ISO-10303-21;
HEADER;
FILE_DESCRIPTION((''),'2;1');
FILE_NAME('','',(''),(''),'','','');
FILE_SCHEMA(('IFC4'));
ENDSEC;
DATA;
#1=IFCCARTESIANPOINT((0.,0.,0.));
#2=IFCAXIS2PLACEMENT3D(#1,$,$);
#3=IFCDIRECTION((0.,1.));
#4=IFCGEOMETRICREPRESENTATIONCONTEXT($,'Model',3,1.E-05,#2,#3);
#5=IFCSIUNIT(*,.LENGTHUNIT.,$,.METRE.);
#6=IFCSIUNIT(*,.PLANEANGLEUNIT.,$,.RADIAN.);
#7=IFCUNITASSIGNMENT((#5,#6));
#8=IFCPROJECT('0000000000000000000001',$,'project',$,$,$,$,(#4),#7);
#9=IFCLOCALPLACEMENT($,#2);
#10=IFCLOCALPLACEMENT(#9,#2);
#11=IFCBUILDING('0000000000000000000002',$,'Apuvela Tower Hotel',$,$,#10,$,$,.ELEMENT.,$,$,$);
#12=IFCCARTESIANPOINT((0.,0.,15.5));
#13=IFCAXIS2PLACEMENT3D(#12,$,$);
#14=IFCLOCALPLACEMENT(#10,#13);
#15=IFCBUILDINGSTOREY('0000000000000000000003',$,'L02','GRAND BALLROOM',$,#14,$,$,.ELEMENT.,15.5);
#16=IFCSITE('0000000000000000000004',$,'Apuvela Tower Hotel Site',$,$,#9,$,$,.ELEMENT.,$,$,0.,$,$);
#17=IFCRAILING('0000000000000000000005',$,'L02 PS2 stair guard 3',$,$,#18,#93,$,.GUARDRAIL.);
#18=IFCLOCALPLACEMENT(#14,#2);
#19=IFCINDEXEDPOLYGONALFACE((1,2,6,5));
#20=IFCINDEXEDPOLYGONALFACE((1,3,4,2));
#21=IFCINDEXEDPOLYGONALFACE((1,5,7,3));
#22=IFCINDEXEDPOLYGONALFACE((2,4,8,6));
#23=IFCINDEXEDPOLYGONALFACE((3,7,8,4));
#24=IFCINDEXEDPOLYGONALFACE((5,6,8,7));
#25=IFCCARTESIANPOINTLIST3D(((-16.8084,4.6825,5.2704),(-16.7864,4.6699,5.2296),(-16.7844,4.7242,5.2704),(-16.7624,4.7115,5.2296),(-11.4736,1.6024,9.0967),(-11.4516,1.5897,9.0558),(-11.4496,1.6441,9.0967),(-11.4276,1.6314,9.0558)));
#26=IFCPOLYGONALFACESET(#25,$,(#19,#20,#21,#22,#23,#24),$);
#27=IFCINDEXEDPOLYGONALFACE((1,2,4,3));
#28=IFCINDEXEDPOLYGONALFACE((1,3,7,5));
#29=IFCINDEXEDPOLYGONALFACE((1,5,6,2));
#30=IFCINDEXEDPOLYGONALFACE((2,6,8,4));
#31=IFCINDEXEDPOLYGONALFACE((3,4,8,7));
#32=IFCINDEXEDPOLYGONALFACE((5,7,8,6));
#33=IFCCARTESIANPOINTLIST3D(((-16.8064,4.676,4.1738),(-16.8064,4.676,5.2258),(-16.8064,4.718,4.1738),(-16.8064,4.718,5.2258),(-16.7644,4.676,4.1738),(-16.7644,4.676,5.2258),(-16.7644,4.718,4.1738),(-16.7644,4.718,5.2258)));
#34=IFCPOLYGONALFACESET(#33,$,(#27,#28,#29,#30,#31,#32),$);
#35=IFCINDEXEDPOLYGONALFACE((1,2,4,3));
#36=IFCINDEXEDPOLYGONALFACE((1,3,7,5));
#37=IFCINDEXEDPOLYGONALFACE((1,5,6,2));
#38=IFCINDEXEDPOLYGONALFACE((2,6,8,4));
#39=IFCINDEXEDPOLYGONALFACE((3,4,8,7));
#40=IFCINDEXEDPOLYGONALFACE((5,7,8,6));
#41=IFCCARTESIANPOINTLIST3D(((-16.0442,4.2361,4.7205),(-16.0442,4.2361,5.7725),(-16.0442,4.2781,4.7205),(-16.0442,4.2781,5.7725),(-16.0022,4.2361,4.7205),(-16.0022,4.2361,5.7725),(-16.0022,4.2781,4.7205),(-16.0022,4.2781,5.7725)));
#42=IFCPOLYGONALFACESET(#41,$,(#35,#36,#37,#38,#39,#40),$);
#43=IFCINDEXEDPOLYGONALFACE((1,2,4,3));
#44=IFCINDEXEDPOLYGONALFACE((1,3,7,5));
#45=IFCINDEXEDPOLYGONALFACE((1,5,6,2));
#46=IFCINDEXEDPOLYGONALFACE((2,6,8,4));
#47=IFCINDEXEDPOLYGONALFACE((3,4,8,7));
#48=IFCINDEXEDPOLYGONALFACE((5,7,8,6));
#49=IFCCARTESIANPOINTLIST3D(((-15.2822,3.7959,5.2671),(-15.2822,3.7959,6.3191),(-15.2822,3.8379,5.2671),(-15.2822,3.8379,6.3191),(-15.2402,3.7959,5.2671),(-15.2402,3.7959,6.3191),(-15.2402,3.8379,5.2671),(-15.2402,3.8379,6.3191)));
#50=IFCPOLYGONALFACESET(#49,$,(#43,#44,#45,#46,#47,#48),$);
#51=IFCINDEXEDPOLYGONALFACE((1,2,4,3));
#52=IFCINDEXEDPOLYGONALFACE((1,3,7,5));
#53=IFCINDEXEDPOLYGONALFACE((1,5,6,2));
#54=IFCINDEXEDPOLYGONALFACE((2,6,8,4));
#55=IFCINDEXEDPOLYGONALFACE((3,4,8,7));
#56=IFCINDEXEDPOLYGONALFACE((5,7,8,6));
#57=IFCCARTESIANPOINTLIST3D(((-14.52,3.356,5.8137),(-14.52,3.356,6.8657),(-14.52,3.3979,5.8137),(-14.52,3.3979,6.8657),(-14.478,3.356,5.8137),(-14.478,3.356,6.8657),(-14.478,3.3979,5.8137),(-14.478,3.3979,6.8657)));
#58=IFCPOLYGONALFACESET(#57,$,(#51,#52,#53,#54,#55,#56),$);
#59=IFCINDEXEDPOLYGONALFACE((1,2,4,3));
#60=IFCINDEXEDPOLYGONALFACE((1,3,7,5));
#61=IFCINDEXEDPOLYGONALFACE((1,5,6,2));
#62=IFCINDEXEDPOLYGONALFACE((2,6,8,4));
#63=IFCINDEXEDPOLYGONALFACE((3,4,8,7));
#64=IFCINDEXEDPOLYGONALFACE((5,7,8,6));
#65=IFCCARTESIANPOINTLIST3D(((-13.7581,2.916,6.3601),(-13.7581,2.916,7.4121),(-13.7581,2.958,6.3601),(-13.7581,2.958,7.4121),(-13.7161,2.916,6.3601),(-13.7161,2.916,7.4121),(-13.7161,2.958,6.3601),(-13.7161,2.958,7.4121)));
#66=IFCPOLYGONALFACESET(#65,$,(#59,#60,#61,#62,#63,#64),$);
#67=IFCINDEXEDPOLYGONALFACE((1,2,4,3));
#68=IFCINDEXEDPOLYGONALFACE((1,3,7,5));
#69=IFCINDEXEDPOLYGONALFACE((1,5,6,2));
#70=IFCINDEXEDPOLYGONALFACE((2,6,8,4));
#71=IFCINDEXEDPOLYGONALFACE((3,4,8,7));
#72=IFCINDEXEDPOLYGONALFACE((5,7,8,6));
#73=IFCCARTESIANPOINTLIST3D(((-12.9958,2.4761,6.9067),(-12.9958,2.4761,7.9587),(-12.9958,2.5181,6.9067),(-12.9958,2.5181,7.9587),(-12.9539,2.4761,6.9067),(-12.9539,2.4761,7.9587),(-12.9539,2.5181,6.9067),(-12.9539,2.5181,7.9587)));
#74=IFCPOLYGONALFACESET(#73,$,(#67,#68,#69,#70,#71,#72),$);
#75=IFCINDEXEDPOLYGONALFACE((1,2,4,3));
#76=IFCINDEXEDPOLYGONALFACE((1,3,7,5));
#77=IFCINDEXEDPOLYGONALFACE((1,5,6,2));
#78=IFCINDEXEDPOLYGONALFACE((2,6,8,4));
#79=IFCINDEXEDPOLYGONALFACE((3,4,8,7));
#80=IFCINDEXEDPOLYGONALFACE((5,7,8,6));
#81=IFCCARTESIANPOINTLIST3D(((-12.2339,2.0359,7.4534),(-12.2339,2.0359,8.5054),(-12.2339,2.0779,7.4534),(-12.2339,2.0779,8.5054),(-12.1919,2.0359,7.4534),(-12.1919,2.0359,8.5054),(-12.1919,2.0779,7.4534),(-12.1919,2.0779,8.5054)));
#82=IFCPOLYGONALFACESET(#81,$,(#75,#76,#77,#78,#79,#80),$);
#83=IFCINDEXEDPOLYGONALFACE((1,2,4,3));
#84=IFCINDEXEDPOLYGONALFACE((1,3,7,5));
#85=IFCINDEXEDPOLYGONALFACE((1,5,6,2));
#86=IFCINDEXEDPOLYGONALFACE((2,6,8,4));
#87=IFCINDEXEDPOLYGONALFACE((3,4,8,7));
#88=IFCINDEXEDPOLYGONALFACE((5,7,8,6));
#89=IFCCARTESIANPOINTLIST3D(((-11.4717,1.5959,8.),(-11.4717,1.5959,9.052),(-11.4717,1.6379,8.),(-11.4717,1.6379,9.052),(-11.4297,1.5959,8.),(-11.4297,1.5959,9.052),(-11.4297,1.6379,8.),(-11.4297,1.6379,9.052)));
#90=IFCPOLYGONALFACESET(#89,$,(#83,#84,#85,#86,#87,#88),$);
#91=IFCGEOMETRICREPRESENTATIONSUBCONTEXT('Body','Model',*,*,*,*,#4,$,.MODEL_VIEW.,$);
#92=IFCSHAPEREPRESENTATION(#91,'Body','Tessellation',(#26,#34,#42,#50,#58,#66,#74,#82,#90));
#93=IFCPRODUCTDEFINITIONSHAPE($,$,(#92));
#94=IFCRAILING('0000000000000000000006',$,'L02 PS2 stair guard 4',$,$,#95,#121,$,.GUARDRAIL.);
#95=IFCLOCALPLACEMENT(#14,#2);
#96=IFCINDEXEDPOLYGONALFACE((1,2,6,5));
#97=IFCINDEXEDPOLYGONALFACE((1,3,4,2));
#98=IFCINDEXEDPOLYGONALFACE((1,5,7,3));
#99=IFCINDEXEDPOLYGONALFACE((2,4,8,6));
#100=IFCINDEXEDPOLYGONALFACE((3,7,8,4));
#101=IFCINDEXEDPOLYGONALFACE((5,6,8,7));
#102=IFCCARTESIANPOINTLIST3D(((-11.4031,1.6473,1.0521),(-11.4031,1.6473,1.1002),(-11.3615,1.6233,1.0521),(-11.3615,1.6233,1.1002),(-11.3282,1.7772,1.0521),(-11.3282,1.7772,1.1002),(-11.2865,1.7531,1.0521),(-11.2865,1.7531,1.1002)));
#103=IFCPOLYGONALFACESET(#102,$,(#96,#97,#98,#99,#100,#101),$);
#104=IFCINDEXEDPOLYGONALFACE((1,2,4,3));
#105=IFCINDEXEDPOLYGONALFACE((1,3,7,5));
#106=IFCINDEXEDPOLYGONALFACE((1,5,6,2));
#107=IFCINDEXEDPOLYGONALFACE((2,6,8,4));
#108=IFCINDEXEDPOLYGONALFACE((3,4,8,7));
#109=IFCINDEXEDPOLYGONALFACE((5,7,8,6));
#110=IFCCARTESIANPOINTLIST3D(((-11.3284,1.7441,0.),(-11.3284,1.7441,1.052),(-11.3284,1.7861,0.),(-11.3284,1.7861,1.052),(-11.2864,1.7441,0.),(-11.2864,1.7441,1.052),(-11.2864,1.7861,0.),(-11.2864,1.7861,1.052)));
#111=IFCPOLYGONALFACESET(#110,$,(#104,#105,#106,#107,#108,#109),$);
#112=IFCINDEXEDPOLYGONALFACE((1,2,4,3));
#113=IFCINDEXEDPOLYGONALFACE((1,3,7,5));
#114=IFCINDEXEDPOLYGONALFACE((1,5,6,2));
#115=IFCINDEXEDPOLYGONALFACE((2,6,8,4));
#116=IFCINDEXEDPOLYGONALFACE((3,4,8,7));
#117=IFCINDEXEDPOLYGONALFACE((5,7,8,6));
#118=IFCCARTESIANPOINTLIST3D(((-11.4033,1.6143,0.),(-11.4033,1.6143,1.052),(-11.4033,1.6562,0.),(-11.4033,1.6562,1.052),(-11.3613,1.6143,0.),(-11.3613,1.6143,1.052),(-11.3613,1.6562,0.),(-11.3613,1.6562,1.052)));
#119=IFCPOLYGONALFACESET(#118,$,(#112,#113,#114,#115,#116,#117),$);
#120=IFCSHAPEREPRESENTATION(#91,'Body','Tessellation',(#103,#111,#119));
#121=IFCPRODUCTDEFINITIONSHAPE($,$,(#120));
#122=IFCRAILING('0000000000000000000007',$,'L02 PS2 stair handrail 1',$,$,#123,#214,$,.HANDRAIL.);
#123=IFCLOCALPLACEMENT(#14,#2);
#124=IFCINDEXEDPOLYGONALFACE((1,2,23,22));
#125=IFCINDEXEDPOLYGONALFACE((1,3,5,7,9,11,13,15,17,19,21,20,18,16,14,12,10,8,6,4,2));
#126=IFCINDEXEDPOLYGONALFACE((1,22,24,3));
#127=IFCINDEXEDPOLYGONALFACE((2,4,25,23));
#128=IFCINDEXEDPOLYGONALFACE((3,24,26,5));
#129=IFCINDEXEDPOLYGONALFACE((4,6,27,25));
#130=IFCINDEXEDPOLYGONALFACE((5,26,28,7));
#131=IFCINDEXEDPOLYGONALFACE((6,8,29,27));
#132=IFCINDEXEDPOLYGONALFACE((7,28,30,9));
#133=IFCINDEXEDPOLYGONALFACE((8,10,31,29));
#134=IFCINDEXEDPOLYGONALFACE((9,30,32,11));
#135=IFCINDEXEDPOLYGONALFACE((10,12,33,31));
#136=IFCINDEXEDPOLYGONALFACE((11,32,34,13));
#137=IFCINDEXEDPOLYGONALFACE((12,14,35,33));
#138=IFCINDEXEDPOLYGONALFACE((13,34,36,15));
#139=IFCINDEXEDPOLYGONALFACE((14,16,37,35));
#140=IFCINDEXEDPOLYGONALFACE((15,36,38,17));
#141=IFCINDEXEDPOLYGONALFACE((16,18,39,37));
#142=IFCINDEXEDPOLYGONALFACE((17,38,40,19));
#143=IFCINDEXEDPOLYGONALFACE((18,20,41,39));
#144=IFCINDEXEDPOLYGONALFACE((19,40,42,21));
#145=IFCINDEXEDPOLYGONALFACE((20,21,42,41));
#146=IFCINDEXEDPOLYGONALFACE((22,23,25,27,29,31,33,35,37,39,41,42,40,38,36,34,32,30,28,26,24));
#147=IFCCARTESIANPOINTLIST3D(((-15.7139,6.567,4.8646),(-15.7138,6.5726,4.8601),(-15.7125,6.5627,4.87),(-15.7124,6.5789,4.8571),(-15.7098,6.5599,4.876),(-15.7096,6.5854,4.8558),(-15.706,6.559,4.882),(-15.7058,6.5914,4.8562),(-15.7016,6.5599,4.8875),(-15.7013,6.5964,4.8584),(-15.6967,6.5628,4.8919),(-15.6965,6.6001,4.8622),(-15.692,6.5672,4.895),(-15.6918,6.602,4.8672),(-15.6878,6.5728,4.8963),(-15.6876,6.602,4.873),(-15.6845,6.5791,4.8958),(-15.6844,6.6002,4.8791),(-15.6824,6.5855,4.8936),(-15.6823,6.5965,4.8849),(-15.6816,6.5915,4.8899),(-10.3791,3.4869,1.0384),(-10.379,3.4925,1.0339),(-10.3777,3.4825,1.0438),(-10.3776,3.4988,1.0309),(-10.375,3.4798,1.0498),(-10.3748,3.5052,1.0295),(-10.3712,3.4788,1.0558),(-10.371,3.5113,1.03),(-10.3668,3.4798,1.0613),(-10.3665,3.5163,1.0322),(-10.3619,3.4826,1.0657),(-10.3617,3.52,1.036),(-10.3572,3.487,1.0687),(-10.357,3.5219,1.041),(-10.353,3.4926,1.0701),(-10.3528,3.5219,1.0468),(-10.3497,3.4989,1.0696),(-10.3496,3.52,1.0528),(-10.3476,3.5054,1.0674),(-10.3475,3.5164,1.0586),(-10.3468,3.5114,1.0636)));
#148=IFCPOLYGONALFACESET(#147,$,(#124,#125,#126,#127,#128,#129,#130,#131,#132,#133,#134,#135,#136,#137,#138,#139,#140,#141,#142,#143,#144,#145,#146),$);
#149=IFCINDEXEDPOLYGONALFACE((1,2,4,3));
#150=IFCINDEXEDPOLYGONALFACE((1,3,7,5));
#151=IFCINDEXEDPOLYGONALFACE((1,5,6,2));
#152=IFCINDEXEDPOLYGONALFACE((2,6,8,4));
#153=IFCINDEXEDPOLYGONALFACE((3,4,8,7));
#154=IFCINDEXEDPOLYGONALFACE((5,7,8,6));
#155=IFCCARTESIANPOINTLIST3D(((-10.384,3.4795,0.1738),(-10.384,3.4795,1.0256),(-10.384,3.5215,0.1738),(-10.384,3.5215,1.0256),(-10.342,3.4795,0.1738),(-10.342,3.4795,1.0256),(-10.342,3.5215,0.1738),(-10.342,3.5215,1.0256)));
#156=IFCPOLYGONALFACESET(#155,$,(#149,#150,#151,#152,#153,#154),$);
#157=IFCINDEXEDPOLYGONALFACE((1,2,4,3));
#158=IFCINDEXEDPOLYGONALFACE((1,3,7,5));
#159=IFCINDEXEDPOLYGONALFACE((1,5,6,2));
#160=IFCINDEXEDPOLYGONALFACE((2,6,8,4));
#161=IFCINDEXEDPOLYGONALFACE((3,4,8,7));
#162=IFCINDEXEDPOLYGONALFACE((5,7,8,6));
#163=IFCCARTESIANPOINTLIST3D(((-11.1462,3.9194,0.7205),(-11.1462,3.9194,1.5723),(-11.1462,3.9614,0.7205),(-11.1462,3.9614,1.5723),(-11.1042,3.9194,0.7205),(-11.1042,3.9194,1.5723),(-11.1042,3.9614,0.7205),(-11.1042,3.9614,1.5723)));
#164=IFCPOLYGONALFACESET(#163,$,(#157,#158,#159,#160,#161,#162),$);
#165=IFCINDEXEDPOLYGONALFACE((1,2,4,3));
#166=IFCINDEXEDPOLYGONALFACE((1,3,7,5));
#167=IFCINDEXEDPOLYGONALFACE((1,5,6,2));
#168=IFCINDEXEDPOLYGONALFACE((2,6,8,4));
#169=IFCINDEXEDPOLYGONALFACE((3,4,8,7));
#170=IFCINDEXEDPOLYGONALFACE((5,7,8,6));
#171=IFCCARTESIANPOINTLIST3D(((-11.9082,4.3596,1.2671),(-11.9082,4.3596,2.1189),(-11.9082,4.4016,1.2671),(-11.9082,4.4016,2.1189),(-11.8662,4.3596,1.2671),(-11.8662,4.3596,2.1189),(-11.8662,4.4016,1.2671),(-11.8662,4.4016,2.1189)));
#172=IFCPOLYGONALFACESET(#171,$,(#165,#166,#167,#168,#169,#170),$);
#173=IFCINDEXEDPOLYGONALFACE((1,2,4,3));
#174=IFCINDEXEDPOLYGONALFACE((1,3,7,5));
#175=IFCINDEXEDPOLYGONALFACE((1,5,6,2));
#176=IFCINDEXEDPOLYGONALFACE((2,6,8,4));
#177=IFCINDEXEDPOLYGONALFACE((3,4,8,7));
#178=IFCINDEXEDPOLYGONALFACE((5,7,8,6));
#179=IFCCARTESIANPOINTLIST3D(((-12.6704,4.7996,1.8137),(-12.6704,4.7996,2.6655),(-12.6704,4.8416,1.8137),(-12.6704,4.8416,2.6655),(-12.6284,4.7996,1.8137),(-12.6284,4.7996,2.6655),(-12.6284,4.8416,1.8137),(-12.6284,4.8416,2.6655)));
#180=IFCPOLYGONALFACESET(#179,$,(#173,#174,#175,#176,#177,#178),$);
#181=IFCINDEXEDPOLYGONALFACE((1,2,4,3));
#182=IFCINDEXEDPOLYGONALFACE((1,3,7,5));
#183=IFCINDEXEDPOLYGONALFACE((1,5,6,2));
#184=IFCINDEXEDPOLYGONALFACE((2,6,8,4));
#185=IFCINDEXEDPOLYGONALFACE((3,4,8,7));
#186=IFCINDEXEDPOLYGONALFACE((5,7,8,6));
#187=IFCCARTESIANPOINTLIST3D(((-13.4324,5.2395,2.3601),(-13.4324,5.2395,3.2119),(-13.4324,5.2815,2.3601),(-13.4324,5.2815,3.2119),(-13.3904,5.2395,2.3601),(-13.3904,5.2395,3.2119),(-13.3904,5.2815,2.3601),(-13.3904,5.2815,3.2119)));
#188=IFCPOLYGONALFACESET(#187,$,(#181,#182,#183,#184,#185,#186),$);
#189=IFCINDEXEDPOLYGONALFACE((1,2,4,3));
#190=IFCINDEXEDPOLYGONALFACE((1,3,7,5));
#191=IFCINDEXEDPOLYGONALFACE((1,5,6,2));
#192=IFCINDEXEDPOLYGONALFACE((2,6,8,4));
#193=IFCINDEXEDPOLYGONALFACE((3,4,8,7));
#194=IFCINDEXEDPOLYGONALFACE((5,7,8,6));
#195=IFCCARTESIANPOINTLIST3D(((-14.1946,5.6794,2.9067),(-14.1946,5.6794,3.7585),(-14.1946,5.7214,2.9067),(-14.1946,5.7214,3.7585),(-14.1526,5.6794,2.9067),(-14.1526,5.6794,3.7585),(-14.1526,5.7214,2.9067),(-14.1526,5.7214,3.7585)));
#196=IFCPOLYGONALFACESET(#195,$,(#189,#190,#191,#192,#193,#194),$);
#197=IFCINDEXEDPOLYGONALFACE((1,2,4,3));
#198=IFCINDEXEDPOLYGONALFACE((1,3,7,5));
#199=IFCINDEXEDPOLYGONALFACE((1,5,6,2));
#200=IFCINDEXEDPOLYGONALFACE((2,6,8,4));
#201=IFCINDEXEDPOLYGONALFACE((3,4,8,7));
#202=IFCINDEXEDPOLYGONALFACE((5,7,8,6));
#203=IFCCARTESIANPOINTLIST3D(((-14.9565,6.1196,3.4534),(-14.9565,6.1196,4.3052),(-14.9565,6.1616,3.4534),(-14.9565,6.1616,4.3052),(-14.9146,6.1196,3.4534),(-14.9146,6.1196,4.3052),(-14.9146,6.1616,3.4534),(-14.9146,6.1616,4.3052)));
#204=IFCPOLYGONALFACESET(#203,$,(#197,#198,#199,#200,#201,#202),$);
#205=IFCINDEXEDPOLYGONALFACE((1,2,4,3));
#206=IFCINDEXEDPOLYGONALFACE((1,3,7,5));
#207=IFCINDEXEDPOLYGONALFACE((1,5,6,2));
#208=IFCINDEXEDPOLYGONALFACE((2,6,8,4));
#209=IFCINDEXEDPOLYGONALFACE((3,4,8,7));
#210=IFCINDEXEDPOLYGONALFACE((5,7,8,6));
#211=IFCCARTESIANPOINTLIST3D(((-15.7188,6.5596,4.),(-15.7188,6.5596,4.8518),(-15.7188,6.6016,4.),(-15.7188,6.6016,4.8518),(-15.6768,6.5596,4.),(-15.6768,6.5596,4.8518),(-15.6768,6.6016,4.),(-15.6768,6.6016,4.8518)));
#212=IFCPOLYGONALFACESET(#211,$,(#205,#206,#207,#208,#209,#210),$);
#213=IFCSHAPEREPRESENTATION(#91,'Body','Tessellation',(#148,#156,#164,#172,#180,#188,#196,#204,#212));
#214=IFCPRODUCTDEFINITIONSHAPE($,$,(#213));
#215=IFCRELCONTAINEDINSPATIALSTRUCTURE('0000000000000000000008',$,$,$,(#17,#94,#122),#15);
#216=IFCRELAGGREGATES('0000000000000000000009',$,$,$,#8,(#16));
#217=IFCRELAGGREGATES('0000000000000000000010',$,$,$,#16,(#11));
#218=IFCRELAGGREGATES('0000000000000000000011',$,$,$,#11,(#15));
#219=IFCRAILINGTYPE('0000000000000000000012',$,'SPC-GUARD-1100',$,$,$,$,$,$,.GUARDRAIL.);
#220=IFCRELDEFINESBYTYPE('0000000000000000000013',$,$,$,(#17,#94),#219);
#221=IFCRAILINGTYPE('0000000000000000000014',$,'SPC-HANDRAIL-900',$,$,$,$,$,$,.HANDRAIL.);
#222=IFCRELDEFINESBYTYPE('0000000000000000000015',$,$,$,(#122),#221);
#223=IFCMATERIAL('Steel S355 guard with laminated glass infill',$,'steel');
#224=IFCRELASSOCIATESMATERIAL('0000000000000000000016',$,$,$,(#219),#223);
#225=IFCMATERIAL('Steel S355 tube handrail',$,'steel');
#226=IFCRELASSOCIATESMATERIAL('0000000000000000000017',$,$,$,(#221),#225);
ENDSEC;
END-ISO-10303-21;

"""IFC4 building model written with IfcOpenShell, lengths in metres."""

from ifc_helpers import new_model, si_unit, direction, frame, origin, origin_2d, place, context, subcontext, project, spatial, rectangle, circle, extrude, material, type_object, element, save


model = new_model("IFC4")

# Units and contexts
model_context = context("Model", 3, precision=1e-05, world=origin(), true_north=direction((0.0, 1.0)))
body_context = subcontext(model_context, "Body", "Model", "MODEL_VIEW")
ifc_project = project(units=[si_unit("LENGTHUNIT", "METRE"), si_unit("PLANEANGLEUNIT", "RADIAN")], contexts=[model_context])

# Site, building, storey
site_placement = place(None, origin())
site = spatial("IfcSite", under=ifc_project, at=site_placement, Name="Apuvela Tower Hotel Site", CompositionType="ELEMENT", RefElevation=0.0)
building_placement = place(site_placement, origin())
building = spatial("IfcBuilding", under=site, at=building_placement, Name="Apuvela Tower Hotel", CompositionType="ELEMENT")
storey_placement = place(building_placement, frame((0.0, 0.0, 15.5)))
storey = spatial("IfcBuildingStorey", under=building, at=storey_placement, Name="L02", Description="GRAND BALLROOM", CompositionType="ELEMENT", Elevation=15.5)

# Railings
ifc_material_1 = material(Name="Steel S355 guard with laminated glass infill", Category="steel")
railing_type_1 = type_object("IfcRailingType", Name="SPC-GUARD-1100", PredefinedType="GUARDRAIL", material=ifc_material_1)
railing_1_placement = place(storey_placement, frame((-16.7854, 4.697, 4.1738)))
element("IfcRailing", 1, at=railing_1_placement, inside=storey, type_object=railing_type_1, Name="L02 PS2 stair guard 3", PredefinedType="GUARDRAIL", context=body_context, shape_type="SweptSolid", body=[
    extrude(rectangle(XDim=0.0481, YDim=0.0481, at=origin_2d()), frame((0.0, 0.0, 1.0762), z_axis=(0.735661, -0.424745, 0.527632), x_axis=(0.500009, 0.86602, 0.0)), (0.0, 0.0, 1.0), 7.2517),
    extrude(rectangle(XDim=0.042, YDim=0.042, at=origin_2d()), origin(), (0.0, 0.0, 1.0), 1.052),
    extrude(rectangle(XDim=0.042, YDim=0.042, at=origin_2d()), frame((0.7622, -0.4399, 0.5466)), (0.0, 0.0, 1.0), 1.052),
    extrude(rectangle(XDim=0.042, YDim=0.042, at=origin_2d()), frame((1.5242, -0.8801, 1.0933)), (0.0, 0.0, 1.0), 1.052),
    extrude(rectangle(XDim=0.042, YDim=0.042, at=origin_2d()), frame((2.2864, -1.3201, 1.6399)), (0.0, 0.0, 1.0), 1.052),
    extrude(rectangle(XDim=0.042, YDim=0.042, at=origin_2d()), frame((3.0483, -1.76, 2.1863)), (0.0, 0.0, 1.0), 1.052),
    extrude(rectangle(XDim=0.042, YDim=0.042, at=origin_2d()), frame((3.8105, -2.2, 2.7329)), (0.0, 0.0, 1.0), 1.052),
    extrude(rectangle(XDim=0.042, YDim=0.042, at=origin_2d()), frame((4.5725, -2.6401, 3.2795)), (0.0, 0.0, 1.0), 1.052),
    extrude(rectangle(XDim=0.042, YDim=0.042, at=origin_2d()), frame((5.3347, -3.0801, 3.8262)), (0.0, 0.0, 1.0), 1.052),
])
railing_2_placement = place(storey_placement, frame((-11.3074, 1.7651, 0.0)))
element("IfcRailing", 2, at=railing_2_placement, inside=storey, type_object=railing_type_1, Name="L02 PS2 stair guard 4", PredefinedType="GUARDRAIL", context=body_context, shape_type="SweptSolid", body=[
    extrude(rectangle(XDim=0.0481, YDim=0.0481, at=origin_2d()), frame((0.0, 0.0, 1.0762), z_axis=(-0.499816, -0.866131, 0.0), x_axis=(0.866131, -0.499816, 0.0)), (0.0, 0.0, 1.0), 0.1499),
    extrude(rectangle(XDim=0.042, YDim=0.042, at=origin_2d()), origin(), (0.0, 0.0, 1.0), 1.052),
    extrude(rectangle(XDim=0.042, YDim=0.042, at=origin_2d()), frame((-0.075, -0.1299, 0.0)), (0.0, 0.0, 1.0), 1.052),
])
ifc_material_2 = material(Name="Steel S355 tube handrail", Category="steel")
railing_type_2 = type_object("IfcRailingType", Name="SPC-HANDRAIL-900", PredefinedType="HANDRAIL", material=ifc_material_2)
railing_3_placement = place(storey_placement, frame((-10.363, 3.5005, 0.1738)))
element("IfcRailing", 3, at=railing_3_placement, inside=storey, type_object=railing_type_2, Name="L02 PS2 stair handrail 1", PredefinedType="HANDRAIL", context=body_context, shape_type="SweptSolid", body=[
    extrude(circle(Radius=0.0239, at=origin_2d()), frame((0.0, 0.0, 0.876), z_axis=(-0.735661, 0.424745, 0.527632), x_axis=(-0.500009, -0.86602, 0.0)), (0.0, 0.0, 1.0), 7.2517),
    extrude(rectangle(XDim=0.042, YDim=0.042, at=origin_2d()), origin(), (0.0, 0.0, 1.0), 0.8518),
    extrude(rectangle(XDim=0.042, YDim=0.042, at=origin_2d()), frame((-0.7622, 0.4399, 0.5466)), (0.0, 0.0, 1.0), 0.8518),
    extrude(rectangle(XDim=0.042, YDim=0.042, at=origin_2d()), frame((-1.5242, 0.8801, 1.0933)), (0.0, 0.0, 1.0), 0.8518),
    extrude(rectangle(XDim=0.042, YDim=0.042, at=origin_2d()), frame((-2.2864, 1.3201, 1.6399)), (0.0, 0.0, 1.0), 0.8518),
    extrude(rectangle(XDim=0.042, YDim=0.042, at=origin_2d()), frame((-3.0483, 1.76, 2.1863)), (0.0, 0.0, 1.0), 0.8518),
    extrude(rectangle(XDim=0.042, YDim=0.042, at=origin_2d()), frame((-3.8105, 2.2, 2.7329)), (0.0, 0.0, 1.0), 0.8518),
    extrude(rectangle(XDim=0.042, YDim=0.042, at=origin_2d()), frame((-4.5725, 2.6401, 3.2795)), (0.0, 0.0, 1.0), 0.8518),
    extrude(rectangle(XDim=0.042, YDim=0.042, at=origin_2d()), frame((-5.3347, 3.0801, 3.8262)), (0.0, 0.0, 1.0), 0.8518),
])

save(model, "model.ifc")
